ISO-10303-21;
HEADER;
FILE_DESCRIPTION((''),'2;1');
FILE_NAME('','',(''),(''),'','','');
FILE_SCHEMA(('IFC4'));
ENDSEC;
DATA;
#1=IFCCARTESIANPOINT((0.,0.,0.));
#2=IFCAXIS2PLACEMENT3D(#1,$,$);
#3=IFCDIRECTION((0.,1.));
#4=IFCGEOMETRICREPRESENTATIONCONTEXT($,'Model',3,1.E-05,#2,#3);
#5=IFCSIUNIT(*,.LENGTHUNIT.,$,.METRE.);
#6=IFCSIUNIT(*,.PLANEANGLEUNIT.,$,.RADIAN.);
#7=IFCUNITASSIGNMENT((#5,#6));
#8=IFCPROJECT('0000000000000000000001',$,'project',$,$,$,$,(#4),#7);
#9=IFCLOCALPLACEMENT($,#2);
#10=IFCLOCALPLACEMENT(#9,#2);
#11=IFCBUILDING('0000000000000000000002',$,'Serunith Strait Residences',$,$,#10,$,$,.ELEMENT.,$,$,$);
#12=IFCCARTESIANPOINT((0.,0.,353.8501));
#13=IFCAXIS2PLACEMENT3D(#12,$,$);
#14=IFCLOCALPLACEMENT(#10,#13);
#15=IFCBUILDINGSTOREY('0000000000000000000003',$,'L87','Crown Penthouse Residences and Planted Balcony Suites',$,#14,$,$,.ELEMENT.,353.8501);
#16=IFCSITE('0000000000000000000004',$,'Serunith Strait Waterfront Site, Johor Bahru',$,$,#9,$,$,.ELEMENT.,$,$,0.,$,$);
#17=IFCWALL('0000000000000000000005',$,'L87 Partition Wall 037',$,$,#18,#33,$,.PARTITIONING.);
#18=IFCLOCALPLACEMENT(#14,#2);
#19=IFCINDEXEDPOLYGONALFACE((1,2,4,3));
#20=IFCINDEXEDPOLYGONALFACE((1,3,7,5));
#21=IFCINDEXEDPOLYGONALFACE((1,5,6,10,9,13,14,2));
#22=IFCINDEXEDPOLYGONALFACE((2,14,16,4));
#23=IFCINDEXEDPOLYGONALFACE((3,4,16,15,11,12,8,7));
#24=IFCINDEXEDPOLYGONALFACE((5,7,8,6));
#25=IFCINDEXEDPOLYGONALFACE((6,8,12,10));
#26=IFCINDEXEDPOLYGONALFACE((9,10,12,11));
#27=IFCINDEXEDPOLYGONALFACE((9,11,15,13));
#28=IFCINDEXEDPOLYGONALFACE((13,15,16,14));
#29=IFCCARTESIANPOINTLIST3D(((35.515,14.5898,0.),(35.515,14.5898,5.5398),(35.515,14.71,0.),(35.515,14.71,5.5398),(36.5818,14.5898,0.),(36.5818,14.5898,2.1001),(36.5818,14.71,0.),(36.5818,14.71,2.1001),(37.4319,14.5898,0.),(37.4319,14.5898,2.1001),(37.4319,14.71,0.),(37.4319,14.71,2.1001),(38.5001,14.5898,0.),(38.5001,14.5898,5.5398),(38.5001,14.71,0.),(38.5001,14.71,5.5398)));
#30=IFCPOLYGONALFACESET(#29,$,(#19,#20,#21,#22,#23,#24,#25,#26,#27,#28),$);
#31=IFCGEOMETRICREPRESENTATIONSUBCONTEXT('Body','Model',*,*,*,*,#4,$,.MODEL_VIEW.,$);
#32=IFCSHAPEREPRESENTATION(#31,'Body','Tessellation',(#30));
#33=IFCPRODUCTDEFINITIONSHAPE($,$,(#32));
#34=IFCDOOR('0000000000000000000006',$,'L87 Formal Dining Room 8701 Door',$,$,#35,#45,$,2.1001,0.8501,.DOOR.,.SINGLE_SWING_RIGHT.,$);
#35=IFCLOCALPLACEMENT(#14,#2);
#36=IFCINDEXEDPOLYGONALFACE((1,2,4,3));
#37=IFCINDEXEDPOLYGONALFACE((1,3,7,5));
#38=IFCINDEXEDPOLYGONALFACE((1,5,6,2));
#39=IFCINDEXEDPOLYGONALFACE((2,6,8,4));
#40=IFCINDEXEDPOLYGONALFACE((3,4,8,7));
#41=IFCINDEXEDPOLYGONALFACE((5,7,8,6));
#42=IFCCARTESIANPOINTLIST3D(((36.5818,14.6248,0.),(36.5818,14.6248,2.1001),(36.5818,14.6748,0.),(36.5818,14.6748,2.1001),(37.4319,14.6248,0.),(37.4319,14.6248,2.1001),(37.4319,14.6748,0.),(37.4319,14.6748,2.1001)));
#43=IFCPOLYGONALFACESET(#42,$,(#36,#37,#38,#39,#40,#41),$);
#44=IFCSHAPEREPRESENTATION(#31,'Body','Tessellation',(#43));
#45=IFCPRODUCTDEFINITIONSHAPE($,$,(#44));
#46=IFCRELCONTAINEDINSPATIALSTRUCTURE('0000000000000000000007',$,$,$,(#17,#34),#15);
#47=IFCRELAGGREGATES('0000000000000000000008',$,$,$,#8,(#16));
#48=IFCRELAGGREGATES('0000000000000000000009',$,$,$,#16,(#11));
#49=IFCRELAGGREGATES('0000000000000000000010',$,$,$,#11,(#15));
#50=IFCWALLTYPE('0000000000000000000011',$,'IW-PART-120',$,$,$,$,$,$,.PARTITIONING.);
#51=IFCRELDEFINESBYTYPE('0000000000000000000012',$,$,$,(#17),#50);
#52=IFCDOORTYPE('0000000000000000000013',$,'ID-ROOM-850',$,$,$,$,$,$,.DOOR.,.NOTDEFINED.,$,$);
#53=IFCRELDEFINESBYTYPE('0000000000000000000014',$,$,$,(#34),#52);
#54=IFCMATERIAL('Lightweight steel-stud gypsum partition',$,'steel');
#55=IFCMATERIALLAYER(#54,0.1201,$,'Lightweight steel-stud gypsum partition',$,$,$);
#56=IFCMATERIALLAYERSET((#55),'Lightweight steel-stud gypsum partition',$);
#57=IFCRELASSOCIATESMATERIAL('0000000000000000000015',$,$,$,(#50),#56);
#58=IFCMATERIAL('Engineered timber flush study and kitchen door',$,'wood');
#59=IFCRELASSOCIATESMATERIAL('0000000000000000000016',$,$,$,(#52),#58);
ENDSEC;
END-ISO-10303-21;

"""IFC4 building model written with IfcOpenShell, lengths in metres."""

from ifc_helpers import new_model, si_unit, direction, frame, frame_2d, origin, place, context, subcontext, project, spatial, rectangle, extrude, source, transform, mapped, material, layer, layer_set, type_object, element, fill, save


model = new_model("IFC4")

# Units and contexts
model_context = context("Model", 3, precision=1e-05, world=origin(), true_north=direction((0.0, 1.0)))
body_context = subcontext(model_context, "Body", "Model", "MODEL_VIEW")
ifc_project = project(units=[si_unit("LENGTHUNIT", "METRE"), si_unit("PLANEANGLEUNIT", "RADIAN")], contexts=[model_context])

# Site, building, storey
site_placement = place(None, origin())
site = spatial("IfcSite", under=ifc_project, at=site_placement, Name="Serunith Strait Waterfront Site, Johor Bahru", CompositionType="ELEMENT", RefElevation=0.0)
building_placement = place(site_placement, origin())
building = spatial("IfcBuilding", under=site, at=building_placement, Name="Serunith Strait Residences", CompositionType="ELEMENT")
storey_placement = place(building_placement, frame((0.0, 0.0, 353.8501)))
storey = spatial("IfcBuildingStorey", under=building, at=storey_placement, Name="L87", Description="Crown Penthouse Residences and Planted Balcony Suites", CompositionType="ELEMENT", Elevation=353.8501)

# Shared definitions
ifc_material_1 = material(Name="Lightweight steel-stud gypsum partition", Category="steel")
ifc_layer_1 = layer(ifc_material_1, 0.1201, Name="Lightweight steel-stud gypsum partition")
ifc_layer_set_1 = layer_set([ifc_layer_1], Name="Lightweight steel-stud gypsum partition")
wall_type = type_object("IfcWallType", Name="IW-PART-120", PredefinedType="PARTITIONING", material=ifc_layer_set_1)
ifc_material_2 = material(Name="Engineered timber flush study and kitchen door", Category="wood")
door_type_1 = type_object("IfcDoorType", Name="ID-ROOM-850", OperationType="NOTDEFINED", PredefinedType="DOOR", material=ifc_material_2)
shared_shape_1 = source(origin(), body_context, "Body", "SweptSolid", [
    extrude(rectangle(XDim=0.8501, YDim=2.1001, at=frame_2d((0.425, 1.05))), frame((0.0, 0.0249, 0.0), z_axis=(0.0, -1.0, 0.0), x_axis=(1.0, 0.0, 0.0)), (0.0, 0.0, 1.0), 0.05),
])

# Wall, opening, door
wall_1_placement = place(storey_placement, frame((35.5149, 14.6499, 0.0), z_axis=(0.0, 0.0, 1.0), x_axis=(1.0, 0.0, 0.0)))
wall_1 = element("IfcWall", 1, at=wall_1_placement, inside=storey, type_object=wall_type, Name="L87 Partition Wall 037", PredefinedType="PARTITIONING", context=body_context, shape_type="SweptSolid", body=[
    extrude(rectangle(XDim=2.9851, YDim=0.1201, at=frame_2d((1.4927, 0.0))), origin(), (0.0, 0.0, 1.0), 5.5398),
])
opening_1_placement = place(wall_1_placement, frame((1.0669, 0.0, 0.0)))
opening_1 = element("IfcOpeningElement", 2, at=opening_1_placement, cuts=wall_1, PredefinedType="OPENING", context=body_context, shape_type="SweptSolid", body=[
    extrude(rectangle(XDim=0.8501, YDim=2.1001, at=frame_2d((0.425, 1.05))), frame((0.0, 0.0701, 0.0), z_axis=(0.0, -1.0, 0.0), x_axis=(1.0, 0.0, 0.0)), (0.0, 0.0, 1.0), 0.1401),
])
door_1_placement = place(opening_1_placement, origin())
door_1 = element("IfcDoor", 3, at=door_1_placement, inside=storey, type_object=door_type_1, Name="L87 Formal Dining Room 8701 Door", OperationType="SINGLE_SWING_RIGHT", OverallHeight=2.1001, OverallWidth=0.8501, PredefinedType="DOOR", context=body_context, shape_type="MappedRepresentation", body=[
    mapped(shared_shape_1, transform((0.0, 0.0, 0.0), scale=1.0)),
])
fill(opening_1, door_1)

save(model, "model.ifc")
